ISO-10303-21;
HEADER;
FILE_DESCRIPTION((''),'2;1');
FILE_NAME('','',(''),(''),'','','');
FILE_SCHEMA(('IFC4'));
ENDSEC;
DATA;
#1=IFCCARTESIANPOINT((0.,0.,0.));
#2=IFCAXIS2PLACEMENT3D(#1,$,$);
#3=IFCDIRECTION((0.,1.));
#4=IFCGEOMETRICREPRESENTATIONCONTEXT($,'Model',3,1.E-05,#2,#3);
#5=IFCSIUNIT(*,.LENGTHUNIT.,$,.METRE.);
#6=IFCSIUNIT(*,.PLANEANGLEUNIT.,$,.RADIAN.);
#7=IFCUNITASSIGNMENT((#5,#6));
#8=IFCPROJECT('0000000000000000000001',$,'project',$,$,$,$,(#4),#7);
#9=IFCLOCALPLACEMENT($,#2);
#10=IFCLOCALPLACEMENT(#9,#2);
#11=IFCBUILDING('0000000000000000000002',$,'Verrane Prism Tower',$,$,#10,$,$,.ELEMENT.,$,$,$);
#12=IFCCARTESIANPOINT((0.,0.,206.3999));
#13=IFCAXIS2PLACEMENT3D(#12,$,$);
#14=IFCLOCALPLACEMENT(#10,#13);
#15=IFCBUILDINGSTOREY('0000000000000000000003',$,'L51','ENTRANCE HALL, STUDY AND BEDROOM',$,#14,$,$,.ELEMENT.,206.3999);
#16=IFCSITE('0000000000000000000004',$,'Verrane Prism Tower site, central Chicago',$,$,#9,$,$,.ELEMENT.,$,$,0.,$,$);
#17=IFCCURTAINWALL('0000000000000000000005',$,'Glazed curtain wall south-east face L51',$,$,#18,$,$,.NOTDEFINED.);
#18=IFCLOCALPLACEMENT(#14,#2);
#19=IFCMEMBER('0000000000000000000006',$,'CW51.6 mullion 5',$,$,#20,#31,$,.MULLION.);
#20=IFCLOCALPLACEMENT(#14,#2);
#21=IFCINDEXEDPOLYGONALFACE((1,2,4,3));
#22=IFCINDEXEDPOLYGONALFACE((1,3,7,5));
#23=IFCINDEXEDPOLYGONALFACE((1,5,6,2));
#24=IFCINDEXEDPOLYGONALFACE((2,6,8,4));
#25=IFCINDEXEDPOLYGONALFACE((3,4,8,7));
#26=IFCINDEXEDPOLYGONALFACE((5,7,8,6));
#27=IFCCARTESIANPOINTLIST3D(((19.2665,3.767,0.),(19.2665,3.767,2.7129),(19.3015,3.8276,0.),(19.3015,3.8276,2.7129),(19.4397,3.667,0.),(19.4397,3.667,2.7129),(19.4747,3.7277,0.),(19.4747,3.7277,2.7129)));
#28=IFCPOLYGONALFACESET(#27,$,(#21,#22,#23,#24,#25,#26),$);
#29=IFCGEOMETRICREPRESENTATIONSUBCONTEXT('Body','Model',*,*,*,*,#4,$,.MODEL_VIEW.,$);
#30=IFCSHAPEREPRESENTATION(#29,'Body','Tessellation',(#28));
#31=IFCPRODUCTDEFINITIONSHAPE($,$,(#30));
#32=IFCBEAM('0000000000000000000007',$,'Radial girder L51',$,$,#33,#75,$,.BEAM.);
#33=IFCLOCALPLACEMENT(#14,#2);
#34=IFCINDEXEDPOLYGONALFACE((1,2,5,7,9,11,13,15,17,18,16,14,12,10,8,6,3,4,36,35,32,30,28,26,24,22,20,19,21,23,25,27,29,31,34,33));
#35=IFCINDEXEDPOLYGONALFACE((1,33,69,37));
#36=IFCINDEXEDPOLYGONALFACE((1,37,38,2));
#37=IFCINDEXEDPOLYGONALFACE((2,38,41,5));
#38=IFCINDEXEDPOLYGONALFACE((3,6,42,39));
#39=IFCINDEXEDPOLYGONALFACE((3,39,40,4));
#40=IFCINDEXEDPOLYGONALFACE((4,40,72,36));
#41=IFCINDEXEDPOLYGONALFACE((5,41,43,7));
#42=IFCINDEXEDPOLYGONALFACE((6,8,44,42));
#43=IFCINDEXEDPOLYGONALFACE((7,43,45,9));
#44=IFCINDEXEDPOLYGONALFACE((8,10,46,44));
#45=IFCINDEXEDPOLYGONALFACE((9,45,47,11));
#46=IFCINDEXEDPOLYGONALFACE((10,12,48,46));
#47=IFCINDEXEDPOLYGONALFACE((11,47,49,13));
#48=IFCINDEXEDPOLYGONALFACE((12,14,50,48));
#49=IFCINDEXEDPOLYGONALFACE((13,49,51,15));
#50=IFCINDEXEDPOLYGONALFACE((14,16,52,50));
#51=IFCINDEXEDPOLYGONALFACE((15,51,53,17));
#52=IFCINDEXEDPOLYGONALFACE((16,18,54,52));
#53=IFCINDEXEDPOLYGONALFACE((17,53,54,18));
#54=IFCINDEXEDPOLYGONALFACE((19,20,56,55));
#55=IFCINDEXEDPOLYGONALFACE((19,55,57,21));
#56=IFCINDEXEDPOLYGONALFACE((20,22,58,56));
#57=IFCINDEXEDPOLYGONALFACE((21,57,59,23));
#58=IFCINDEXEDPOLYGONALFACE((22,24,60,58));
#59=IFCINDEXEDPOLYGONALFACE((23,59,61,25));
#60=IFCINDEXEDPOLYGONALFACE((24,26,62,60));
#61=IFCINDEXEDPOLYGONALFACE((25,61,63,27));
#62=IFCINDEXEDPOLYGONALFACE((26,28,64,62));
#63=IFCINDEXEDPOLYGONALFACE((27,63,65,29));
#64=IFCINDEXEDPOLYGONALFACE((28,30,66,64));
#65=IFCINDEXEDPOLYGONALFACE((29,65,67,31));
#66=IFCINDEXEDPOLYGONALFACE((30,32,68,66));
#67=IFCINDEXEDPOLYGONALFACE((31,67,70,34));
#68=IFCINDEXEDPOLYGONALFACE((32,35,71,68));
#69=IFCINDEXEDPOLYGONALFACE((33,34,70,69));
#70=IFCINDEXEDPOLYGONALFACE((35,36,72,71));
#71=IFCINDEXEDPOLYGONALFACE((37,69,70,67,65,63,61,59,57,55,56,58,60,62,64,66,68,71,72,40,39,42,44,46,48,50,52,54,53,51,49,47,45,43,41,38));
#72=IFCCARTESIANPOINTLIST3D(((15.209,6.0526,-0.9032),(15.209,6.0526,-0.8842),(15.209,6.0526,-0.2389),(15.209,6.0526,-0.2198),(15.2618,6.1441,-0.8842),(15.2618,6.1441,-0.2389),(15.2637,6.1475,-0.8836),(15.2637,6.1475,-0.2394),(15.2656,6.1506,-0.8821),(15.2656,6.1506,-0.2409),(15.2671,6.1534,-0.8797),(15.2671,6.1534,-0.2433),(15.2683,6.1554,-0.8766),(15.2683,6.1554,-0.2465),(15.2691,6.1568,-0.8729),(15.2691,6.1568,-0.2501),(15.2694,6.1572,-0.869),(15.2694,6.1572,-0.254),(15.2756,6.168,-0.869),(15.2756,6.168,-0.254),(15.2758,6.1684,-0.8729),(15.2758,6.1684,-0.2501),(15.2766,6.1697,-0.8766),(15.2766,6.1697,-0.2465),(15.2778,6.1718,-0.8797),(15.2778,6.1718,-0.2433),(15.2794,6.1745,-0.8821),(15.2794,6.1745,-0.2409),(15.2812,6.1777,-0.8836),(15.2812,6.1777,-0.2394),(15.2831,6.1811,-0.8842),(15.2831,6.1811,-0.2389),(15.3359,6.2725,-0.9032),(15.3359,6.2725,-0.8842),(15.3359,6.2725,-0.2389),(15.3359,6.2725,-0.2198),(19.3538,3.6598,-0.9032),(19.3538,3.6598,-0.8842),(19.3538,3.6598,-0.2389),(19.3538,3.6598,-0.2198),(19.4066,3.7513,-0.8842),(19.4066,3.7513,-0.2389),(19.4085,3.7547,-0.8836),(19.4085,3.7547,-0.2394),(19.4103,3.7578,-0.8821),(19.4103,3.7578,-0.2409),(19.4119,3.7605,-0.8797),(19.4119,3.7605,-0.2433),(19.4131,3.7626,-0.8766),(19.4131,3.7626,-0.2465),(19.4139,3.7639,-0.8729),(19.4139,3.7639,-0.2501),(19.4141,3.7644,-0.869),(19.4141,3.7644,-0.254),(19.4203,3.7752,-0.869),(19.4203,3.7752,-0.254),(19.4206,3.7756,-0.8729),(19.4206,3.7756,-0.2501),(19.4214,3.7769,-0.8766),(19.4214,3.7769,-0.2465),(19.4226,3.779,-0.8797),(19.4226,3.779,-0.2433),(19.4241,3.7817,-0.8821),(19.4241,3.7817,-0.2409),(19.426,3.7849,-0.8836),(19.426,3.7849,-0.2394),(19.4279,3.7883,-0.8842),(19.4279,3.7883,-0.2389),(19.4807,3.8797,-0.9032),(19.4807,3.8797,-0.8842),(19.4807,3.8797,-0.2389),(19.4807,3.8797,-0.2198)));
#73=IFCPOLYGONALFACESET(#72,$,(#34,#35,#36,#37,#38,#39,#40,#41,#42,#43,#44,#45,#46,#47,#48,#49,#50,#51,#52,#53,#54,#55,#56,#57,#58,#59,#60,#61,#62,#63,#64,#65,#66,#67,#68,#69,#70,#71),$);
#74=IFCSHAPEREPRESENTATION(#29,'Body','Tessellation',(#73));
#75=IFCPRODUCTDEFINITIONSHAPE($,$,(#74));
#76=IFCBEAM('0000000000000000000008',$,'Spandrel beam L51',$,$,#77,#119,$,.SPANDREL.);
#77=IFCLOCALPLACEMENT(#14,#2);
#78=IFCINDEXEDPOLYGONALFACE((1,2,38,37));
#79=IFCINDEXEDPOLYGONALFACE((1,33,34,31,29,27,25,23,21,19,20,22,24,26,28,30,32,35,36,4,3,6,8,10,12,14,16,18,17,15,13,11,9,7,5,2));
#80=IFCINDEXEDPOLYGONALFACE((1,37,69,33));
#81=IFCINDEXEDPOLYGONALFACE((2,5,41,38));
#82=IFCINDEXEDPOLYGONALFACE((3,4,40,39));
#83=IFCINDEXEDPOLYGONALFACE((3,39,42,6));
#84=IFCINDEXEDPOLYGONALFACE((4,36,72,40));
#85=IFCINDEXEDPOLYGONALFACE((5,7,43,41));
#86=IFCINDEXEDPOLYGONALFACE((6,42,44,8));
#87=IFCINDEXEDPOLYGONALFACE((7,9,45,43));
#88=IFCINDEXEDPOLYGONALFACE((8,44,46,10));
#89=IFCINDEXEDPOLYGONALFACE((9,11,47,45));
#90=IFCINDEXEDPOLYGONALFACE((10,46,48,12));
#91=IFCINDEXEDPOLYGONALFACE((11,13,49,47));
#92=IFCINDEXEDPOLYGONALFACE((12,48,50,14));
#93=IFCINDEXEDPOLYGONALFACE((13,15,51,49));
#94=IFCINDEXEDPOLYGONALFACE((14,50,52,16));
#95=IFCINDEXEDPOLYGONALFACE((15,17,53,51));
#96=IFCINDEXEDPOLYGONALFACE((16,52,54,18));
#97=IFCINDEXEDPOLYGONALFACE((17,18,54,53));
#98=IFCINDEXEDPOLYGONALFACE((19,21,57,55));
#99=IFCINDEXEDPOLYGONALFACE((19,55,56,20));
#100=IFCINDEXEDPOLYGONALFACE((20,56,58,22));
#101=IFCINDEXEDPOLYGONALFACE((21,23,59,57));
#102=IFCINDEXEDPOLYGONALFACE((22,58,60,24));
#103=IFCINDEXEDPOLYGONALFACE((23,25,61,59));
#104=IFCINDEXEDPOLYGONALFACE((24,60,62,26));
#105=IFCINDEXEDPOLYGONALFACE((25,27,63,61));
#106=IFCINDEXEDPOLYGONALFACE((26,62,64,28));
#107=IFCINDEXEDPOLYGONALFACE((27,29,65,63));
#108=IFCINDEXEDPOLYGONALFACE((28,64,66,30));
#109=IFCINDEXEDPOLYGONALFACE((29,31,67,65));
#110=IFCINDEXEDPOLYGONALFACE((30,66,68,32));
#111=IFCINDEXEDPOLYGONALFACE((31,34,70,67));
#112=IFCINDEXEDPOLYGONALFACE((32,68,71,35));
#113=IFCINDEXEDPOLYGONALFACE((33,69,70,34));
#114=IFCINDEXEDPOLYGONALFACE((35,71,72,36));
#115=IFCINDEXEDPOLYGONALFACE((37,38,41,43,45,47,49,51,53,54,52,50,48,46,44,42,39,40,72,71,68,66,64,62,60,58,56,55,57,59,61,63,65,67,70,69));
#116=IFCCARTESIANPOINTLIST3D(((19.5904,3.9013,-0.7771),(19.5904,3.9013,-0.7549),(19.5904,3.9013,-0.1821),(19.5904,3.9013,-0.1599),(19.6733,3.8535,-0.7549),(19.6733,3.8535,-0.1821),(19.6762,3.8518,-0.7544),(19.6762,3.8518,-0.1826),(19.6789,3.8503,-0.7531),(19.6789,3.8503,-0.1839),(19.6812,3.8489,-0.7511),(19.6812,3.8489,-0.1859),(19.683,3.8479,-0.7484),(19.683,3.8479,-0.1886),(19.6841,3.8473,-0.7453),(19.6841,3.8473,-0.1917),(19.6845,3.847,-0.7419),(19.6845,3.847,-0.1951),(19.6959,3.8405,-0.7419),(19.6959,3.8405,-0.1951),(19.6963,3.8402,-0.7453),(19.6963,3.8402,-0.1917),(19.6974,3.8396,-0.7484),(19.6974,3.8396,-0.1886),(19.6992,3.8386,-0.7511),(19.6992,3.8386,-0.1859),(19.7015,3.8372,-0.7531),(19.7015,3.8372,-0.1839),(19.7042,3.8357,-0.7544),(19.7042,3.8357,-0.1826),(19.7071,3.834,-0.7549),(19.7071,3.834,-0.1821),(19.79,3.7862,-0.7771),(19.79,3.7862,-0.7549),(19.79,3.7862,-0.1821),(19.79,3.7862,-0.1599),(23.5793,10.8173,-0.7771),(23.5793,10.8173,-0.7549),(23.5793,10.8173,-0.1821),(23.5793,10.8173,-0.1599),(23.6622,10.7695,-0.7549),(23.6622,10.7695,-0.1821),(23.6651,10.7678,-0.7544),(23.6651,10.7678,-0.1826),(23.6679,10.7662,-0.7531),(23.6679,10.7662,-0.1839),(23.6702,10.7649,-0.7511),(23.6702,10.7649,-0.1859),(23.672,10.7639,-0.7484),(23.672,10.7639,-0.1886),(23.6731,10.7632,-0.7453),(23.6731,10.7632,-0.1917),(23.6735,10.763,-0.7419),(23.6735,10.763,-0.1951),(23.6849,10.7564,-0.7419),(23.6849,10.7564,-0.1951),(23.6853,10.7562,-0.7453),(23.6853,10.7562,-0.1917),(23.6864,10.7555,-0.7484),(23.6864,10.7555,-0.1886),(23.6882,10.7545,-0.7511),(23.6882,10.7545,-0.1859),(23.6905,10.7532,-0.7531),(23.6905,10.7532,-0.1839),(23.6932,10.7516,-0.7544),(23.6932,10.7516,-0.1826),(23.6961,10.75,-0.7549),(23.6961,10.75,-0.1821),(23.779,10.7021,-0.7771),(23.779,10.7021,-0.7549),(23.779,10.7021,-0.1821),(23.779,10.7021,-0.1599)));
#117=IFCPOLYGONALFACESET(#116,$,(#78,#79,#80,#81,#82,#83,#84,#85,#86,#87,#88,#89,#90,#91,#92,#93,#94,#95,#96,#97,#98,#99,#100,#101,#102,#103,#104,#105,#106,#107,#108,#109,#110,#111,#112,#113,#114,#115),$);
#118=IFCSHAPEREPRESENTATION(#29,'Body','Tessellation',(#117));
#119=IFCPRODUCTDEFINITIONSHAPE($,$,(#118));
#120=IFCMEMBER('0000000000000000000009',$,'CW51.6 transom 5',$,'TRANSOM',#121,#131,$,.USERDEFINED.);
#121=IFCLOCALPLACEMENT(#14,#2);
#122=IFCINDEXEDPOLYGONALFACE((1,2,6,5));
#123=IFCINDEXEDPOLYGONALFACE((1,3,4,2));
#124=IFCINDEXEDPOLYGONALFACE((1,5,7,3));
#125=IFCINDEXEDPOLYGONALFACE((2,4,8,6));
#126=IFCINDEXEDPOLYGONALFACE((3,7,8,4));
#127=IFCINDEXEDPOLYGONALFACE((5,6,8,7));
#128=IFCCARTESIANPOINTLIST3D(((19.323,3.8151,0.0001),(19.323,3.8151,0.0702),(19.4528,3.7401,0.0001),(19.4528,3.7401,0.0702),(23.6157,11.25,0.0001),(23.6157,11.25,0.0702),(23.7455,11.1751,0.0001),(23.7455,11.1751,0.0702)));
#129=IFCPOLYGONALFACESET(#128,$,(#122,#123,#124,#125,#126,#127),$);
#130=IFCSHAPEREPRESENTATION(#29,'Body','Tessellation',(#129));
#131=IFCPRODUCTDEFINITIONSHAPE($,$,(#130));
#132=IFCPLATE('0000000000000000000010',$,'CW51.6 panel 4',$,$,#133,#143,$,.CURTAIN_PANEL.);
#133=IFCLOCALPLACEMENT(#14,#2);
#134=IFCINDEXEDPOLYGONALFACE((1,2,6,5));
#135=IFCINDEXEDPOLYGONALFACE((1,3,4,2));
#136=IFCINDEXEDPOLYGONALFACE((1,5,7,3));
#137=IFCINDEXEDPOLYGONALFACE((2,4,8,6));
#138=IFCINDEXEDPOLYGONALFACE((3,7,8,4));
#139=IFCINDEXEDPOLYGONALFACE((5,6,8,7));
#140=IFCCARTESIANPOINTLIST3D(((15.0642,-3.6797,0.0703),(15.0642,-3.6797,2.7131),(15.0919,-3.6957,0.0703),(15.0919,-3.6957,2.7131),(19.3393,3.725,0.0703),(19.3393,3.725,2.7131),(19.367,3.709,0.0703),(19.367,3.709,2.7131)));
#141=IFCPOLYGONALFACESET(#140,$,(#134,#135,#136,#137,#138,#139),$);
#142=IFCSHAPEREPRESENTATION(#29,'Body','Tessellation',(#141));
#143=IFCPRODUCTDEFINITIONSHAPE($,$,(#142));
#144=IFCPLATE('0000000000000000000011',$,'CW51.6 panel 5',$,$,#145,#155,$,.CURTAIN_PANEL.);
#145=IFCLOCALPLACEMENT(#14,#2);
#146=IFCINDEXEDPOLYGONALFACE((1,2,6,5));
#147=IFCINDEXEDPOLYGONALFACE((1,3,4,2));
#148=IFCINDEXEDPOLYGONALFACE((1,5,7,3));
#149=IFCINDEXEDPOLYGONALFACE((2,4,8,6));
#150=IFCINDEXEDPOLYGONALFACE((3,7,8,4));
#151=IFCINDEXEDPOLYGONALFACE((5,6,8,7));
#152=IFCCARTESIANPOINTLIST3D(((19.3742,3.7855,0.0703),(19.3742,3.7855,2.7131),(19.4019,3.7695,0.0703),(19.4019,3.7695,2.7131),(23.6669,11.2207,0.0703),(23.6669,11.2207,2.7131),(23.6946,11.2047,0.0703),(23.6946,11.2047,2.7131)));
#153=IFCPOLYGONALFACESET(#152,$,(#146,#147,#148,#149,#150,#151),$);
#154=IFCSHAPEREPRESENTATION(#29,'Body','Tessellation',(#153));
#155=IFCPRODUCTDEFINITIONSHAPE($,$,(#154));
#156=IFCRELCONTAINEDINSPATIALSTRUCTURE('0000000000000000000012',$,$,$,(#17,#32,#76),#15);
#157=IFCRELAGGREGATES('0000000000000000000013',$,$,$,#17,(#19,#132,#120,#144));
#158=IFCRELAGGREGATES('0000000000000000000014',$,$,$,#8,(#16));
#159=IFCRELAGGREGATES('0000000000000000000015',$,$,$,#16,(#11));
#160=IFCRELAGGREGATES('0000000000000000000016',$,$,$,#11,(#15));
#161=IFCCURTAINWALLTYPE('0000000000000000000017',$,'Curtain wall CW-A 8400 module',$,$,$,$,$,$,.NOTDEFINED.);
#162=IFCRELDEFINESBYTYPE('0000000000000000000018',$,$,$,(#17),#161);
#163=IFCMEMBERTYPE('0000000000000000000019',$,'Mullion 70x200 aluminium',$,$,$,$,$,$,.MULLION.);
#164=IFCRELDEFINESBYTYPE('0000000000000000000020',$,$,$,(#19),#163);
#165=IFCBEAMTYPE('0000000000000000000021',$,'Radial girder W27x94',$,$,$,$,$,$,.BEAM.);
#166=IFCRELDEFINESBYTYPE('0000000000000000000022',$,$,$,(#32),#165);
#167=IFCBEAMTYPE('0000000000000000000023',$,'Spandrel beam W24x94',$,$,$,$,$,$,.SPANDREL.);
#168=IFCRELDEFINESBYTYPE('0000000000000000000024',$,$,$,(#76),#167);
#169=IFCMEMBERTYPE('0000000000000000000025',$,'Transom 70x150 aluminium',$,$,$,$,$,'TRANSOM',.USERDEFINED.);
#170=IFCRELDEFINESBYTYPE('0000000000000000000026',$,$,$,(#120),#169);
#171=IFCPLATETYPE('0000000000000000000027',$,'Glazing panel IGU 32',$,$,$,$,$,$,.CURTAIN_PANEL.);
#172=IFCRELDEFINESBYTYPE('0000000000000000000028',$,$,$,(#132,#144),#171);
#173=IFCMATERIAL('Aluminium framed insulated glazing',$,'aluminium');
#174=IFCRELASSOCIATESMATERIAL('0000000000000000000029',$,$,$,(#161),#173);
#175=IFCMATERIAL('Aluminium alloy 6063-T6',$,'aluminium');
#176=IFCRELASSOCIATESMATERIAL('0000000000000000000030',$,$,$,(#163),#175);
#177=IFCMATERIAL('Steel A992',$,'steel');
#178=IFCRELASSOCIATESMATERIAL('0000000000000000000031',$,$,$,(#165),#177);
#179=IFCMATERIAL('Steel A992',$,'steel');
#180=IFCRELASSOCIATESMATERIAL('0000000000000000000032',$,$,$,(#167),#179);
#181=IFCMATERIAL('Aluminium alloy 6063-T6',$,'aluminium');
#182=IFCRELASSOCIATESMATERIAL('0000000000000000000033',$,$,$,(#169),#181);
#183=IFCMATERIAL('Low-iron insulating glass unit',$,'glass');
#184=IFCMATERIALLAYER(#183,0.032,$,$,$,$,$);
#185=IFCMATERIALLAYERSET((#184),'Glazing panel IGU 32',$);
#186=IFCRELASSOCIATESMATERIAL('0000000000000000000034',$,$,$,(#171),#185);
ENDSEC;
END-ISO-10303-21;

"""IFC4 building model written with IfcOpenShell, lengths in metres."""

from ifc_helpers import new_model, si_unit, direction, frame, origin, origin_2d, place, context, subcontext, project, spatial, rectangle, i_section, extrude, material, layer, layer_set, material_profile, profile_set, type_object, element, aggregate, save


model = new_model("IFC4")

# Units and contexts
model_context = context("Model", 3, precision=1e-05, world=origin(), true_north=direction((0.0, 1.0)))
body_context = subcontext(model_context, "Body", "Model", "MODEL_VIEW")
ifc_project = project(units=[si_unit("LENGTHUNIT", "METRE"), si_unit("PLANEANGLEUNIT", "RADIAN")], contexts=[model_context])

# Site, building, storey
site_placement = place(None, origin())
site = spatial("IfcSite", under=ifc_project, at=site_placement, Name="Verrane Prism Tower site, central Chicago", CompositionType="ELEMENT", RefElevation=0.0)
building_placement = place(site_placement, origin())
building = spatial("IfcBuilding", under=site, at=building_placement, Name="Verrane Prism Tower", CompositionType="ELEMENT")
storey_placement = place(building_placement, frame((0.0, 0.0, 206.3999)))
storey = spatial("IfcBuildingStorey", under=building, at=storey_placement, Name="L51", Description="ENTRANCE HALL, STUDY AND BEDROOM", CompositionType="ELEMENT", Elevation=206.3999)

# Curtain wall, member
ifc_material_1 = material(Name="Aluminium framed insulated glazing", Category="aluminium")
curtain_wall_type = type_object("IfcCurtainWallType", Name="Curtain wall CW-A 8400 module", PredefinedType="NOTDEFINED", material=ifc_material_1)
curtain_wall_placement = place(storey_placement, origin())
curtain_wall = element("IfcCurtainWall", 1, at=curtain_wall_placement, inside=storey, type_object=curtain_wall_type, Name="Glazed curtain wall south-east face L51", PredefinedType="NOTDEFINED")
ifc_material_2 = material(Name="Aluminium alloy 6063-T6", Category="aluminium")
ifc_material_profile_1 = material_profile(ifc_material_2, rectangle(XDim=0.2, YDim=0.0701, at=origin_2d()), Name="Mullion 70x200 aluminium")
ifc_profile_set_1 = profile_set([ifc_material_profile_1], Name="Aluminium alloy 6063-T6")
member_type_1 = type_object("IfcMemberType", Name="Mullion 70x200 aluminium", PredefinedType="MULLION", material=ifc_profile_set_1)
member_1_placement = place(storey_placement, frame((19.3706, 3.7473, 0.0), z_axis=(0.0, 0.0, 1.0), x_axis=(-0.866026, 0.499999, 0.0)))
member_1 = element("IfcMember", 2, at=member_1_placement, type_object=member_type_1, Name="CW51.6 mullion 5", PredefinedType="MULLION", context=body_context, shape_type="SweptSolid", body=[
    extrude(rectangle(XDim=0.2, YDim=0.0701, at=origin_2d()), origin(), (0.0, 0.0, 1.0), 2.7129),
])

# Beams
ifc_material_3 = material(Name="Steel A992", Category="steel")
ifc_material_profile_2 = material_profile(ifc_material_3, i_section(OverallWidth=0.2539, OverallDepth=0.6833, WebThickness=0.0125, FlangeThickness=0.019, FilletRadius=0.0151, at=origin_2d()), Name="W27x94")
ifc_profile_set_2 = profile_set([ifc_material_profile_2], Name="Steel A992")
beam_type_1 = type_object("IfcBeamType", Name="Radial girder W27x94", PredefinedType="BEAM", material=ifc_profile_set_2)
beam_1_placement = place(storey_placement, frame((19.4172, 3.7698, -0.5615), z_axis=(-0.86604, 0.499974, 0.0), x_axis=(-0.499974, -0.86604, 0.0)))
element("IfcBeam", 3, at=beam_1_placement, inside=storey, type_object=beam_type_1, Name="Radial girder L51", PredefinedType="BEAM", context=body_context, shape_type="SweptSolid", body=[
    extrude(i_section(OverallWidth=0.2539, OverallDepth=0.6833, WebThickness=0.0125, FlangeThickness=0.019, FilletRadius=0.0151, at=origin_2d()), origin(), (0.0, 0.0, 1.0), 4.7859),
])
ifc_material_4 = material(Name="Steel A992", Category="steel")
ifc_material_profile_3 = material_profile(ifc_material_4, i_section(OverallWidth=0.2305, OverallDepth=0.6172, WebThickness=0.0132, FlangeThickness=0.0222, FilletRadius=0.0129, at=origin_2d()), Name="W24x94")
ifc_profile_set_3 = profile_set([ifc_material_profile_3], Name="Steel A992")
beam_type_2 = type_object("IfcBeamType", Name="Spandrel beam W24x94", PredefinedType="SPANDREL", material=ifc_profile_set_3)
beam_2_placement = place(storey_placement, frame((19.6902, 3.8438, -0.4685), z_axis=(0.499629, 0.86624, 0.0), x_axis=(-0.86624, 0.499629, 0.0)))
element("IfcBeam", 4, at=beam_2_placement, inside=storey, type_object=beam_type_2, Name="Spandrel beam L51", PredefinedType="SPANDREL", context=body_context, shape_type="SweptSolid", body=[
    extrude(i_section(OverallWidth=0.2305, OverallDepth=0.6172, WebThickness=0.0132, FlangeThickness=0.0222, FilletRadius=0.0129, at=origin_2d()), origin(), (0.0, 0.0, 1.0), 7.9839),
])

# Member
ifc_material_5 = material(Name="Aluminium alloy 6063-T6", Category="aluminium")
ifc_material_profile_4 = material_profile(ifc_material_5, rectangle(XDim=0.1499, YDim=0.0701, at=origin_2d()), Name="Transom 70x150 aluminium")
ifc_profile_set_4 = profile_set([ifc_material_profile_4], Name="Aluminium alloy 6063-T6")
member_type_2 = type_object("IfcMemberType", Name="Transom 70x150 aluminium", ElementType="TRANSOM", PredefinedType="USERDEFINED", material=ifc_profile_set_4)
member_2_placement = place(storey_placement, frame((19.3879, 3.7776, 0.0352), z_axis=(0.500008, 0.866021, 0.0), x_axis=(-0.866021, 0.500008, 0.0)))
member_2 = element("IfcMember", 5, at=member_2_placement, type_object=member_type_2, Name="CW51.6 transom 5", ObjectType="TRANSOM", PredefinedType="USERDEFINED", context=body_context, shape_type="SweptSolid", body=[
    extrude(rectangle(XDim=0.1499, YDim=0.0701, at=origin_2d()), origin(), (0.0, 0.0, 1.0), 8.5852),
])

# Plates
ifc_material_6 = material(Name="Low-iron insulating glass unit", Category="glass")
ifc_layer_1 = layer(ifc_material_6, 0.032)
ifc_layer_set_1 = layer_set([ifc_layer_1], Name="Glazing panel IGU 32")
plate_type = type_object("IfcPlateType", Name="Glazing panel IGU 32", PredefinedType="CURTAIN_PANEL", material=ifc_layer_set_1)
plate_1_placement = place(storey_placement, frame((17.2156, 0.0146, 0.0703), z_axis=(0.0, 0.0, 1.0), x_axis=(0.499999, 0.866026, 0.0)))
plate_1 = element("IfcPlate", 6, at=plate_1_placement, type_object=plate_type, Name="CW51.6 panel 4", PredefinedType="CURTAIN_PANEL", context=body_context, shape_type="SweptSolid", body=[
    extrude(rectangle(XDim=8.5503, YDim=0.032, at=origin_2d()), origin(), (0.0, 0.0, 1.0), 2.6428),
])
plate_2_placement = place(storey_placement, frame((21.5344, 7.4951, 0.0703), z_axis=(0.0, 0.0, 1.0), x_axis=(0.499999, 0.866026, 0.0)))
plate_2 = element("IfcPlate", 7, at=plate_2_placement, type_object=plate_type, Name="CW51.6 panel 5", PredefinedType="CURTAIN_PANEL", context=body_context, shape_type="SweptSolid", body=[
    extrude(rectangle(XDim=8.5854, YDim=0.032, at=origin_2d()), origin(), (0.0, 0.0, 1.0), 2.6428),
])
aggregate(curtain_wall, [member_1, plate_1, member_2, plate_2])

save(model, "model.ifc")
